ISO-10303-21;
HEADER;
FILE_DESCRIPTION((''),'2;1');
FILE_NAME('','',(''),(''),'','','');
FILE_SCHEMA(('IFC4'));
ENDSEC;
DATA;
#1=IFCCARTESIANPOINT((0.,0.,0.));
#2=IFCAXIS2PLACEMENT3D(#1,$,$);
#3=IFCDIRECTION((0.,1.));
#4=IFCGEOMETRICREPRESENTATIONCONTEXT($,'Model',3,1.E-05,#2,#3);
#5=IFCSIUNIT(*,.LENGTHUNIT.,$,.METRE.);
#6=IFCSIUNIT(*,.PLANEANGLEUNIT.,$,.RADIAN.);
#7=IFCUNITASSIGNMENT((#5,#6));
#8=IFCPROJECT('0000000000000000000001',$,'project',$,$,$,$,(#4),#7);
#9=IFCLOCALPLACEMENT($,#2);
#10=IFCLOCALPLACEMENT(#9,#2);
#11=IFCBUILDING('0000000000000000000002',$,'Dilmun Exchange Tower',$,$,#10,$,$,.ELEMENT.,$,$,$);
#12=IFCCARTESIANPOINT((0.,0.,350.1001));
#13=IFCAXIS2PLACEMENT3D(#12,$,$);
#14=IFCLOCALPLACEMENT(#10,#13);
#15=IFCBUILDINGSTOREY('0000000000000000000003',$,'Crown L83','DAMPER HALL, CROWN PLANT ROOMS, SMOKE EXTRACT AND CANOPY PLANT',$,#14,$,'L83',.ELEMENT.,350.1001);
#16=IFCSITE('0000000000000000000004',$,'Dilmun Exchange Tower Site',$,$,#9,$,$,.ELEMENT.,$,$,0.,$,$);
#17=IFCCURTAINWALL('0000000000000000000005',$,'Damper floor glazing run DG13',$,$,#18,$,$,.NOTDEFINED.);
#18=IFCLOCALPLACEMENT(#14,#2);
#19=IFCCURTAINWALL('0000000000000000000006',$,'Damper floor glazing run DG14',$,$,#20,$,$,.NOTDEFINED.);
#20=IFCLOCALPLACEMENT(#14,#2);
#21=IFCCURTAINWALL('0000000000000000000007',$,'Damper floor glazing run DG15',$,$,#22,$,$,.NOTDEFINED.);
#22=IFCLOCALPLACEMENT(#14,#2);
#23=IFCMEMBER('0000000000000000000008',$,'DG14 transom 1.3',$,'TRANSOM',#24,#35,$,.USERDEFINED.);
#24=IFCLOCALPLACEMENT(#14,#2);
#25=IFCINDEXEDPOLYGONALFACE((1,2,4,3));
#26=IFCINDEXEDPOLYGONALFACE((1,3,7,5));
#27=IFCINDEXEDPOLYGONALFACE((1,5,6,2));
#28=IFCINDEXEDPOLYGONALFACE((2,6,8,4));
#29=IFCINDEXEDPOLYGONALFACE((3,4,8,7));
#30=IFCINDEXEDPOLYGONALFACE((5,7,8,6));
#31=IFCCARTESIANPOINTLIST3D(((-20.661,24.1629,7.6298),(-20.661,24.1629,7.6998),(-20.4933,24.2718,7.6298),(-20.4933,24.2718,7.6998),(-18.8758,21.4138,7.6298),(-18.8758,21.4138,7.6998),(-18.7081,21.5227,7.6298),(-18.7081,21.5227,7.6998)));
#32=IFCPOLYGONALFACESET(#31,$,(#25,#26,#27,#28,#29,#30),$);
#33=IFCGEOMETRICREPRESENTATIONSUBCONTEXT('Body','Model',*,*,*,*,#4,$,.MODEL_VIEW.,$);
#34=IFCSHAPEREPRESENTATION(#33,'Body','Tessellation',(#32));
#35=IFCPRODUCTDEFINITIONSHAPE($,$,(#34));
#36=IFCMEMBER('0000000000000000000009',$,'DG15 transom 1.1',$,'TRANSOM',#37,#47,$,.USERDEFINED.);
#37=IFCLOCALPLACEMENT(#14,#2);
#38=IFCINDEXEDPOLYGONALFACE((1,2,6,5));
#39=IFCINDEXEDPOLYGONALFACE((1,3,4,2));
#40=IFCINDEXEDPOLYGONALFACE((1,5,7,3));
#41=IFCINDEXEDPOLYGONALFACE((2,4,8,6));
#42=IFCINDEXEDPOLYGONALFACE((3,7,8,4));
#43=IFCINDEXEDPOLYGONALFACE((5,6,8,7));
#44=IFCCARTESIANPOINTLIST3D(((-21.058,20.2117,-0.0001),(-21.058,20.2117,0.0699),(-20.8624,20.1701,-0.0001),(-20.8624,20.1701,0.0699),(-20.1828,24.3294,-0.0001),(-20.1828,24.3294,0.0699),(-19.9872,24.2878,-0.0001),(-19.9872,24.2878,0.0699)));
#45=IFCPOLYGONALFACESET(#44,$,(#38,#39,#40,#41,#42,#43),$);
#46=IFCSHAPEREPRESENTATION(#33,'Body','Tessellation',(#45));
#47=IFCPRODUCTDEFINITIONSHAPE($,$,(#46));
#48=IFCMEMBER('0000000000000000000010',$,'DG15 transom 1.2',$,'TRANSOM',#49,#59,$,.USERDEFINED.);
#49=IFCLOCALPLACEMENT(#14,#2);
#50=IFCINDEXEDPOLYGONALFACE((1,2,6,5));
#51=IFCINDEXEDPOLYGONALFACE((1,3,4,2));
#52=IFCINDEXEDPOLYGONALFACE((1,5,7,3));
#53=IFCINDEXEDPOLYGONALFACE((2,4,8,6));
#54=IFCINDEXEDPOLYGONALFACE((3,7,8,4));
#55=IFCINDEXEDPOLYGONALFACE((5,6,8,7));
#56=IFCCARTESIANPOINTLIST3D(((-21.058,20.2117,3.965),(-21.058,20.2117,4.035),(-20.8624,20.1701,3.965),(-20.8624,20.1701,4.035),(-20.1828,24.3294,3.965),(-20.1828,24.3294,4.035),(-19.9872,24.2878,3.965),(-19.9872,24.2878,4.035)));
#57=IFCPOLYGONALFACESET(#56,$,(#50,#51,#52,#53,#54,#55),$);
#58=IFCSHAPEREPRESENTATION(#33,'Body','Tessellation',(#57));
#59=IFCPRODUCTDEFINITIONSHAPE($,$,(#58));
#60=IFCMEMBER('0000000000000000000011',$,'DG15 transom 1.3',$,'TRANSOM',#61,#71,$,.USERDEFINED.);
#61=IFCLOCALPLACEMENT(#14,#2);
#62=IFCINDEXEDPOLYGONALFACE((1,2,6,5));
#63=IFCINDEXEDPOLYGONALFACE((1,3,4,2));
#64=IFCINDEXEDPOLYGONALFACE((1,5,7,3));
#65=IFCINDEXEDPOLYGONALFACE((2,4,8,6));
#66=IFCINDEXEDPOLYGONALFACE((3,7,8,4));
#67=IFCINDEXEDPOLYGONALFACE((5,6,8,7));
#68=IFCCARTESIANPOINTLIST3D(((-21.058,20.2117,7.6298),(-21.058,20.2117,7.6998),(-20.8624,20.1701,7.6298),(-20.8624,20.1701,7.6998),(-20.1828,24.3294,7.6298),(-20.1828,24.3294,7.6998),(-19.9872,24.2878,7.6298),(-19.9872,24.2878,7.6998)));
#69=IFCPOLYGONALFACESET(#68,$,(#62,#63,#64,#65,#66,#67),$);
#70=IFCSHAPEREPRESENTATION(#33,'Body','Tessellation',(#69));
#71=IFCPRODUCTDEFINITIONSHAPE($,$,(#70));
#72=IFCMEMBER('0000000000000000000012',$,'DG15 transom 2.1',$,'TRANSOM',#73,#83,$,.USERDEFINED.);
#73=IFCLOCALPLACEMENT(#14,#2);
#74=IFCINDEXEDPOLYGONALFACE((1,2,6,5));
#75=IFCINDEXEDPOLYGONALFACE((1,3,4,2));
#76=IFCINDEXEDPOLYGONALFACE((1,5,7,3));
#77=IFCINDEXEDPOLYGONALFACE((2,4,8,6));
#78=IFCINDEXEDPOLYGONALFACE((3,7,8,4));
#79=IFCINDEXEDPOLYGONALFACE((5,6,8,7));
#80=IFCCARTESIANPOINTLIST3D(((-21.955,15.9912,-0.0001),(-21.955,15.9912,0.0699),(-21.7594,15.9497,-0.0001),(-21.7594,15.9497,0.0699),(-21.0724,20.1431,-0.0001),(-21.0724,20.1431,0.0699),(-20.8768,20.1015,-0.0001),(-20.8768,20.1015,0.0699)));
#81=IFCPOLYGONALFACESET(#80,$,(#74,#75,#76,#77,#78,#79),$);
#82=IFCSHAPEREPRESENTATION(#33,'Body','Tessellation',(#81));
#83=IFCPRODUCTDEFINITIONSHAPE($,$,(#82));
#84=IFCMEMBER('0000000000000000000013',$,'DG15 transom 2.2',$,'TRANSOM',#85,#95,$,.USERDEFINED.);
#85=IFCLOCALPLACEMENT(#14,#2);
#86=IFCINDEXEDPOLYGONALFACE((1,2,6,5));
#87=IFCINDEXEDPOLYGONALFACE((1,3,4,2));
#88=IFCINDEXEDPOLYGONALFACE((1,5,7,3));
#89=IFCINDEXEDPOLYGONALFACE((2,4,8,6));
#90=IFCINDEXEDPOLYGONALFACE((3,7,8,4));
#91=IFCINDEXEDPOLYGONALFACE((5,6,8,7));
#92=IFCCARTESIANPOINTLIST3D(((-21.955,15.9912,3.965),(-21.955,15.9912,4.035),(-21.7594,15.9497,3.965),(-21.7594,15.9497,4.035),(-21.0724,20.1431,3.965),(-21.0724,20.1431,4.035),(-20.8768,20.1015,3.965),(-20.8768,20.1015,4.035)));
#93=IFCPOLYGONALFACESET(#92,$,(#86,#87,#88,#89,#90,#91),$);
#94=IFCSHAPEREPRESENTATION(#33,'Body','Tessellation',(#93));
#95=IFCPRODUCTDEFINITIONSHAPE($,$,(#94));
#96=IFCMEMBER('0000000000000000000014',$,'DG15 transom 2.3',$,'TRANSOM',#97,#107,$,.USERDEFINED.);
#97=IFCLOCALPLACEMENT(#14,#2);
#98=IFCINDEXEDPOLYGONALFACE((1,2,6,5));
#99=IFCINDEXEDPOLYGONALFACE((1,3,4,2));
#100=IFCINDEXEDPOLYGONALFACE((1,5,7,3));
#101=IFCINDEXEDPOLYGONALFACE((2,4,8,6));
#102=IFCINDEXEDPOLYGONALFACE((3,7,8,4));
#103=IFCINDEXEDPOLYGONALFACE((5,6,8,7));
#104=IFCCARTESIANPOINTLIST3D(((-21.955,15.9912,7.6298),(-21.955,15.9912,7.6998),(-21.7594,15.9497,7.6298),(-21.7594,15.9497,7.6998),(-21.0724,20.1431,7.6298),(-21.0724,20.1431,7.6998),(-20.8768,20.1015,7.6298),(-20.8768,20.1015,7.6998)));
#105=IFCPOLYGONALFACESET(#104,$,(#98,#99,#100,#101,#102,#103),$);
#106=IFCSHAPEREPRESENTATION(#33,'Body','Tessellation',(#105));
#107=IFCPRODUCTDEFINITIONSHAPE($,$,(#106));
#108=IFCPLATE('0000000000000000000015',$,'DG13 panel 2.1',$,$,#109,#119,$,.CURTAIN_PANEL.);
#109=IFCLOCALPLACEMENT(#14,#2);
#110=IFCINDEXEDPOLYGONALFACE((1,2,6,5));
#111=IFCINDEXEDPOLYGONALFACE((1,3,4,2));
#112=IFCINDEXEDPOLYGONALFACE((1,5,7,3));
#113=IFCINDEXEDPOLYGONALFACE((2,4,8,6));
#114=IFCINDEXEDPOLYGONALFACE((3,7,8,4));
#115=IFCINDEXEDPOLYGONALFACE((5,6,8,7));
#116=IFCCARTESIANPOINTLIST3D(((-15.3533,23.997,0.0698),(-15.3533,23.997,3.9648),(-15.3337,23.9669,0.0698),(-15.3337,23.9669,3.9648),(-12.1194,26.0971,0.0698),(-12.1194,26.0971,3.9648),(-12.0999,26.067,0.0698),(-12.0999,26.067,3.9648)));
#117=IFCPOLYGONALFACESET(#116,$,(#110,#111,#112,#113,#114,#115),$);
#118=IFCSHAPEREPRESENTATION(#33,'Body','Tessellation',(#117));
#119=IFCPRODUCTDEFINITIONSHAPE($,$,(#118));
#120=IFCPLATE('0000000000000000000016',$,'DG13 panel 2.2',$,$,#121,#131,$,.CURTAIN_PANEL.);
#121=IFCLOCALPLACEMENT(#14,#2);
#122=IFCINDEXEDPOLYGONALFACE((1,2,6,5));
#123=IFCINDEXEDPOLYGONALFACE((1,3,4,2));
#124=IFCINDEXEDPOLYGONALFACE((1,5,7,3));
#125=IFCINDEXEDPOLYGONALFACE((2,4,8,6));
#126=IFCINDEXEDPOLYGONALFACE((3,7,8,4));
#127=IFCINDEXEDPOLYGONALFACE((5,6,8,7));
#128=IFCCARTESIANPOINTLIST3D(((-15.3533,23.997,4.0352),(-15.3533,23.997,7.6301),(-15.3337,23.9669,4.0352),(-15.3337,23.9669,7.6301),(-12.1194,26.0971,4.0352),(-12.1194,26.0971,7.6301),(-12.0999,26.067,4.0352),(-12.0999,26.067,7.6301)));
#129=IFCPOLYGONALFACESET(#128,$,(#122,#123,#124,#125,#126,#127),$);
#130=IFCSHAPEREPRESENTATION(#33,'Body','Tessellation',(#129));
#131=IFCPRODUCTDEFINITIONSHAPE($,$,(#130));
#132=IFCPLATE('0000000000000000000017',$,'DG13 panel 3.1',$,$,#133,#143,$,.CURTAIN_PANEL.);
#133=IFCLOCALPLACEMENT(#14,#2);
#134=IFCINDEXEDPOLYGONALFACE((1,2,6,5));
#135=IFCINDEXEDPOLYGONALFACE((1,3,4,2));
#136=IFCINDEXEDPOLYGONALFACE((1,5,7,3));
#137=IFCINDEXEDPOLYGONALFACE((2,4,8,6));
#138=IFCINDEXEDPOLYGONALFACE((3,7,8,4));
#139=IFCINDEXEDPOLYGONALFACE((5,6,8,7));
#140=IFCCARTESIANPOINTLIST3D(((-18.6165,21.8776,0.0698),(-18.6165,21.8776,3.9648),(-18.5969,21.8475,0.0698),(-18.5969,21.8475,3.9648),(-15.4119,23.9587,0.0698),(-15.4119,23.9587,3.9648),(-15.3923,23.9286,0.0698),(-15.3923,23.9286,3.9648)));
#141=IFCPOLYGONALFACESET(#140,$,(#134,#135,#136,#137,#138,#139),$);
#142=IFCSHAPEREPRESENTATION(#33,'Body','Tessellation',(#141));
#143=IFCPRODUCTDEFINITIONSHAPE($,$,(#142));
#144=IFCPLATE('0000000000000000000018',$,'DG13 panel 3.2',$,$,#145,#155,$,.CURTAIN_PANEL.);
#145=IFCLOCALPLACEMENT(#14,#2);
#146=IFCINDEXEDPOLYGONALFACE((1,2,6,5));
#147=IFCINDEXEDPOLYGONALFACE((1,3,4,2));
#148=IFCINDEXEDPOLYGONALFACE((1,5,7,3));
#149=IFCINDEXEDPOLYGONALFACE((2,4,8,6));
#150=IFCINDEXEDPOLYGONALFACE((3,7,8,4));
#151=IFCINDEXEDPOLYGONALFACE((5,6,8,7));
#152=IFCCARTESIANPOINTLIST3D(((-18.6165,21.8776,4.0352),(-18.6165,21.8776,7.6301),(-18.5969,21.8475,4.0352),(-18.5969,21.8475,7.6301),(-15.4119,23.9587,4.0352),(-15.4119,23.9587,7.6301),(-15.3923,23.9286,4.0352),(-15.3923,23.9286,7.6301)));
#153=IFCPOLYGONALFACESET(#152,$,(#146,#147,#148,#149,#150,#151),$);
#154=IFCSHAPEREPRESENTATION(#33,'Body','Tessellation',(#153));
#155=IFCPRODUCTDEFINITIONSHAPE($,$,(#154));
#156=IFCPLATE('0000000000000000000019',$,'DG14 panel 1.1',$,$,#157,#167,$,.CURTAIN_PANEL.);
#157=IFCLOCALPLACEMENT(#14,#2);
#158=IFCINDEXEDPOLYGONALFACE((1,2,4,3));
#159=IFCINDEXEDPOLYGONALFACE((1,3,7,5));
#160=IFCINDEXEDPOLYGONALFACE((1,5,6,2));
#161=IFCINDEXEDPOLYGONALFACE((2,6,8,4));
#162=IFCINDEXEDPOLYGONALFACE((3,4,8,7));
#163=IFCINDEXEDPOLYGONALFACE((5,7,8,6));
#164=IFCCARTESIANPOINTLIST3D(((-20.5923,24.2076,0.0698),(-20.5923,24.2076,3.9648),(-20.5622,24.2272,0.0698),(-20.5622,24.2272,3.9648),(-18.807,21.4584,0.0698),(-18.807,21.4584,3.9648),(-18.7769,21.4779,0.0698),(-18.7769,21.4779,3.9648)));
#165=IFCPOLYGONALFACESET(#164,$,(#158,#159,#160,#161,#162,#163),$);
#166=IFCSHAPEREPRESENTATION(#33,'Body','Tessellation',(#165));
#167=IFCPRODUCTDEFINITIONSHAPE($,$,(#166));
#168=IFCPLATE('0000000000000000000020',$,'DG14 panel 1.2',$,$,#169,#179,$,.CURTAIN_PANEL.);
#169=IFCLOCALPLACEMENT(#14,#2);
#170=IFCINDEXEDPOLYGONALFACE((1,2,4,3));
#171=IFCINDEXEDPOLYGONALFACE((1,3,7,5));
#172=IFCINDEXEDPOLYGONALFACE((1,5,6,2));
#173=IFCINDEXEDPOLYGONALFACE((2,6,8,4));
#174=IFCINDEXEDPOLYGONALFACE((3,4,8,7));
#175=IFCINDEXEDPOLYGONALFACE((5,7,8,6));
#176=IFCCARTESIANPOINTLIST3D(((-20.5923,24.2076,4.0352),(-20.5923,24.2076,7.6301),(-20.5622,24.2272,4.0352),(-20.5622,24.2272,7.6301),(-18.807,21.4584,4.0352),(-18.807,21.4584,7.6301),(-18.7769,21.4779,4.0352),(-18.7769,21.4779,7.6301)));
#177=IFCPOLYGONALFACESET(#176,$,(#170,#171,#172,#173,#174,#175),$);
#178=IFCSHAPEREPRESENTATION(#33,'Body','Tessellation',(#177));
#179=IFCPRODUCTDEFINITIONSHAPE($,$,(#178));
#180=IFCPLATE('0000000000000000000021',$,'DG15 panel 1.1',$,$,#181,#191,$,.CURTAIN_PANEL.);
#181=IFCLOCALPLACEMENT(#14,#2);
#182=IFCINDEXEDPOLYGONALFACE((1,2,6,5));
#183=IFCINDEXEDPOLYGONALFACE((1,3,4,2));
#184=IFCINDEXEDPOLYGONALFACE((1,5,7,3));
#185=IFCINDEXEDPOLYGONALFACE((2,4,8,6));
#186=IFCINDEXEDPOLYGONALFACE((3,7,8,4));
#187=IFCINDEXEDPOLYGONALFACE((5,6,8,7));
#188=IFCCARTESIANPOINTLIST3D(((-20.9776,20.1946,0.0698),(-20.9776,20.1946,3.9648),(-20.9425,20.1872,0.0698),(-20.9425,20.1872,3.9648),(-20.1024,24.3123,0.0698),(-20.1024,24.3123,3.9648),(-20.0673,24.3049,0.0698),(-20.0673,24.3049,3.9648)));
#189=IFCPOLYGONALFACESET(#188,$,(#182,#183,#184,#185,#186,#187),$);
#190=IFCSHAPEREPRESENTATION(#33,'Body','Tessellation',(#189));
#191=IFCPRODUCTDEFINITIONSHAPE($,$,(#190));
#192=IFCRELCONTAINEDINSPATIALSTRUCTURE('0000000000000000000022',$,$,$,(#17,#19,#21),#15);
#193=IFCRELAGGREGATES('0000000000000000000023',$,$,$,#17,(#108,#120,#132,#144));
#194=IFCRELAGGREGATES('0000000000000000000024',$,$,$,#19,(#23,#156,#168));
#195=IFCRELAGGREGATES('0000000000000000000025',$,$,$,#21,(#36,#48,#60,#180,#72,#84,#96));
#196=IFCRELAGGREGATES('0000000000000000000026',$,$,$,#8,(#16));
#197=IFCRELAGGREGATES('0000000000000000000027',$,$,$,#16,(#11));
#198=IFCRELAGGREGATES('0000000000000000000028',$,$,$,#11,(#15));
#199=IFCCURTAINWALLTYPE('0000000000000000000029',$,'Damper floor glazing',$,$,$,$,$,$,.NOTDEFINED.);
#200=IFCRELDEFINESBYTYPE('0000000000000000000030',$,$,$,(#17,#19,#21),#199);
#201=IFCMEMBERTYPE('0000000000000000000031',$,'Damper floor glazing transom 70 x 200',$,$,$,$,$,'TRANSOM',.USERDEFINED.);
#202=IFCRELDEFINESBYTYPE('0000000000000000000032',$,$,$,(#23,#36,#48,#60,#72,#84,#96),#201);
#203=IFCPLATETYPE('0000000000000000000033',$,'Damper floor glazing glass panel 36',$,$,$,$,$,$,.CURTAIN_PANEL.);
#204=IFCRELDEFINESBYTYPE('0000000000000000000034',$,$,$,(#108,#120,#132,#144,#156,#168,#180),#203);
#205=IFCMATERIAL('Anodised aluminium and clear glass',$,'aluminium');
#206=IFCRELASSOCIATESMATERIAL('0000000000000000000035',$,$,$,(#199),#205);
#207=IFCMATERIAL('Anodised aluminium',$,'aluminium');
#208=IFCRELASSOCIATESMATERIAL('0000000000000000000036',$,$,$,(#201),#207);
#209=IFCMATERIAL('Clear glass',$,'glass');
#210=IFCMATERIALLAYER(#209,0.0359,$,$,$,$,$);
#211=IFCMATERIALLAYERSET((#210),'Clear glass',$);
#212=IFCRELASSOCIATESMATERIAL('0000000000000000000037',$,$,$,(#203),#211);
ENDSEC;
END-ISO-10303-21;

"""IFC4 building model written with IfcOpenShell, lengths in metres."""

from ifc_helpers import new_model, si_unit, direction, frame, origin, origin_2d, place, context, subcontext, project, spatial, rectangle, extrude, material, layer, layer_set, material_profile, profile_set, type_object, element, aggregate, save


model = new_model("IFC4")

# Units and contexts
model_context = context("Model", 3, precision=1e-05, world=origin(), true_north=direction((0.0, 1.0)))
body_context = subcontext(model_context, "Body", "Model", "MODEL_VIEW")
ifc_project = project(units=[si_unit("LENGTHUNIT", "METRE"), si_unit("PLANEANGLEUNIT", "RADIAN")], contexts=[model_context])

# Site, building, storey
site_placement = place(None, origin())
site = spatial("IfcSite", under=ifc_project, at=site_placement, Name="Dilmun Exchange Tower Site", CompositionType="ELEMENT", RefElevation=0.0)
building_placement = place(site_placement, origin())
building = spatial("IfcBuilding", under=site, at=building_placement, Name="Dilmun Exchange Tower", CompositionType="ELEMENT")
storey_placement = place(building_placement, frame((0.0, 0.0, 350.1001)))
storey = spatial("IfcBuildingStorey", under=building, at=storey_placement, Name="Crown L83", Description="DAMPER HALL, CROWN PLANT ROOMS, SMOKE EXTRACT AND CANOPY PLANT", LongName="L83", CompositionType="ELEMENT", Elevation=350.1001)

# Curtain walls
ifc_material_1 = material(Name="Anodised aluminium and clear glass", Category="aluminium")
curtain_wall_type = type_object("IfcCurtainWallType", Name="Damper floor glazing", PredefinedType="NOTDEFINED", material=ifc_material_1)
curtain_wall_1_placement = place(storey_placement, origin())
curtain_wall_1 = element("IfcCurtainWall", 1, at=curtain_wall_1_placement, inside=storey, type_object=curtain_wall_type, Name="Damper floor glazing run DG13", PredefinedType="NOTDEFINED")
ifc_material_2 = material(Name="Anodised aluminium", Category="aluminium")
curtain_wall_2_placement = place(storey_placement, origin())
curtain_wall_2 = element("IfcCurtainWall", 2, at=curtain_wall_2_placement, inside=storey, type_object=curtain_wall_type, Name="Damper floor glazing run DG14", PredefinedType="NOTDEFINED")
curtain_wall_3_placement = place(storey_placement, origin())
curtain_wall_3 = element("IfcCurtainWall", 3, at=curtain_wall_3_placement, inside=storey, type_object=curtain_wall_type, Name="Damper floor glazing run DG15", PredefinedType="NOTDEFINED")

# Members
ifc_material_profile_1 = material_profile(ifc_material_2, rectangle(XDim=0.2, YDim=0.0701, at=origin_2d()), Name="AL 70x200")
ifc_profile_set_1 = profile_set([ifc_material_profile_1], Name="Anodised aluminium")
member_type_1 = type_object("IfcMemberType", Name="Damper floor glazing transom 70 x 200", ElementType="TRANSOM", PredefinedType="USERDEFINED", material=ifc_profile_set_1)
member_1_placement = place(storey_placement, frame((-18.792, 21.4683, 7.6648), z_axis=(-0.544622, 0.838682, 0.0), x_axis=(-0.838682, -0.544622, 0.0)))
member_1 = element("IfcMember", 4, at=member_1_placement, type_object=member_type_1, Name="DG14 transom 1.3", ObjectType="TRANSOM", PredefinedType="USERDEFINED", context=body_context, shape_type="SweptSolid", body=[
    extrude(rectangle(XDim=0.2, YDim=0.0701, at=origin_2d()), origin(), (0.0, 0.0, 1.0), 3.2778),
])
member_2_placement = place(storey_placement, frame((-20.085, 24.3086, 0.0349), z_axis=(-0.207913, -0.978147, 0.0), x_axis=(0.978147, -0.207913, 0.0)))
member_2 = element("IfcMember", 5, at=member_2_placement, type_object=member_type_1, Name="DG15 transom 1.1", ObjectType="TRANSOM", PredefinedType="USERDEFINED", context=body_context, shape_type="SweptSolid", body=[
    extrude(rectangle(XDim=0.2, YDim=0.0701, at=origin_2d()), origin(), (0.0, 0.0, 1.0), 4.2097),
])
member_3_placement = place(storey_placement, frame((-20.085, 24.3086, 4.0), z_axis=(-0.207913, -0.978147, 0.0), x_axis=(0.978147, -0.207913, 0.0)))
member_3 = element("IfcMember", 6, at=member_3_placement, type_object=member_type_1, Name="DG15 transom 1.2", ObjectType="TRANSOM", PredefinedType="USERDEFINED", context=body_context, shape_type="SweptSolid", body=[
    extrude(rectangle(XDim=0.2, YDim=0.0701, at=origin_2d()), origin(), (0.0, 0.0, 1.0), 4.2097),
])
member_4_placement = place(storey_placement, frame((-20.085, 24.3086, 7.6648), z_axis=(-0.207913, -0.978147, 0.0), x_axis=(0.978147, -0.207913, 0.0)))
member_4 = element("IfcMember", 7, at=member_4_placement, type_object=member_type_1, Name="DG15 transom 1.3", ObjectType="TRANSOM", PredefinedType="USERDEFINED", context=body_context, shape_type="SweptSolid", body=[
    extrude(rectangle(XDim=0.2, YDim=0.0701, at=origin_2d()), origin(), (0.0, 0.0, 1.0), 4.2097),
])
member_5_placement = place(storey_placement, frame((-20.9746, 20.1223, 0.0349), z_axis=(-0.207926, -0.978145, 0.0), x_axis=(0.978145, -0.207926, 0.0)))
member_5 = element("IfcMember", 8, at=member_5_placement, type_object=member_type_1, Name="DG15 transom 2.1", ObjectType="TRANSOM", PredefinedType="USERDEFINED", context=body_context, shape_type="SweptSolid", body=[
    extrude(rectangle(XDim=0.2, YDim=0.0701, at=origin_2d()), origin(), (0.0, 0.0, 1.0), 4.2446),
])
member_6_placement = place(storey_placement, frame((-20.9746, 20.1223, 4.0), z_axis=(-0.207926, -0.978145, 0.0), x_axis=(0.978145, -0.207926, 0.0)))
member_6 = element("IfcMember", 9, at=member_6_placement, type_object=member_type_1, Name="DG15 transom 2.2", ObjectType="TRANSOM", PredefinedType="USERDEFINED", context=body_context, shape_type="SweptSolid", body=[
    extrude(rectangle(XDim=0.2, YDim=0.0701, at=origin_2d()), origin(), (0.0, 0.0, 1.0), 4.2446),
])
member_7_placement = place(storey_placement, frame((-20.9746, 20.1223, 7.6648), z_axis=(-0.207926, -0.978145, 0.0), x_axis=(0.978145, -0.207926, 0.0)))
member_7 = element("IfcMember", 10, at=member_7_placement, type_object=member_type_1, Name="DG15 transom 2.3", ObjectType="TRANSOM", PredefinedType="USERDEFINED", context=body_context, shape_type="SweptSolid", body=[
    extrude(rectangle(XDim=0.2, YDim=0.0701, at=origin_2d()), origin(), (0.0, 0.0, 1.0), 4.2446),
])

# Plates
ifc_material_3 = material(Name="Clear glass", Category="glass")
ifc_layer = layer(ifc_material_3, 0.0359)
ifc_layer_set = layer_set([ifc_layer], Name="Clear glass")
plate_type = type_object("IfcPlateType", Name="Damper floor glazing glass panel 36", PredefinedType="CURTAIN_PANEL", material=ifc_layer_set)
plate_1_placement = place(storey_placement, frame((-13.7266, 25.032, 0.0698), z_axis=(0.0, 0.0, 1.0), x_axis=(-0.838669, -0.544642, 0.0)))
plate_1 = element("IfcPlate", 11, at=plate_1_placement, type_object=plate_type, Name="DG13 panel 2.1", PredefinedType="CURTAIN_PANEL", context=body_context, shape_type="SweptSolid", body=[
    extrude(rectangle(XDim=3.856, YDim=0.0359, at=origin_2d()), origin(), (0.0, 0.0, 1.0), 3.895),
])
plate_2_placement = place(storey_placement, frame((-13.7266, 25.032, 4.0352), z_axis=(0.0, 0.0, 1.0), x_axis=(-0.838669, -0.544642, 0.0)))
plate_2 = element("IfcPlate", 12, at=plate_2_placement, type_object=plate_type, Name="DG13 panel 2.2", PredefinedType="CURTAIN_PANEL", context=body_context, shape_type="SweptSolid", body=[
    extrude(rectangle(XDim=3.856, YDim=0.0359, at=origin_2d()), origin(), (0.0, 0.0, 1.0), 3.595),
])
plate_3_placement = place(storey_placement, frame((-17.0044, 22.9031, 0.0698), z_axis=(0.0, 0.0, 1.0), x_axis=(-0.838669, -0.544642, 0.0)))
plate_3 = element("IfcPlate", 13, at=plate_3_placement, type_object=plate_type, Name="DG13 panel 3.1", PredefinedType="CURTAIN_PANEL", context=body_context, shape_type="SweptSolid", body=[
    extrude(rectangle(XDim=3.821, YDim=0.0359, at=origin_2d()), origin(), (0.0, 0.0, 1.0), 3.895),
])
plate_4_placement = place(storey_placement, frame((-17.0044, 22.9031, 4.0352), z_axis=(0.0, 0.0, 1.0), x_axis=(-0.838669, -0.544642, 0.0)))
plate_4 = element("IfcPlate", 14, at=plate_4_placement, type_object=plate_type, Name="DG13 panel 3.2", PredefinedType="CURTAIN_PANEL", context=body_context, shape_type="SweptSolid", body=[
    extrude(rectangle(XDim=3.821, YDim=0.0359, at=origin_2d()), origin(), (0.0, 0.0, 1.0), 3.595),
])
aggregate(curtain_wall_1, [plate_1, plate_2, plate_3, plate_4])
plate_5_placement = place(storey_placement, frame((-19.6846, 22.8428, 0.0698), z_axis=(0.0, 0.0, 1.0), x_axis=(-0.54462, 0.838683, 0.0)))
plate_5 = element("IfcPlate", 15, at=plate_5_placement, type_object=plate_type, Name="DG14 panel 1.1", PredefinedType="CURTAIN_PANEL", context=body_context, shape_type="SweptSolid", body=[
    extrude(rectangle(XDim=3.2781, YDim=0.0359, at=origin_2d()), origin(), (0.0, 0.0, 1.0), 3.895),
])
plate_6_placement = place(storey_placement, frame((-19.6846, 22.8428, 4.0352), z_axis=(0.0, 0.0, 1.0), x_axis=(-0.54462, 0.838683, 0.0)))
plate_6 = element("IfcPlate", 16, at=plate_6_placement, type_object=plate_type, Name="DG14 panel 1.2", PredefinedType="CURTAIN_PANEL", context=body_context, shape_type="SweptSolid", body=[
    extrude(rectangle(XDim=3.2781, YDim=0.0359, at=origin_2d()), origin(), (0.0, 0.0, 1.0), 3.595),
])
aggregate(curtain_wall_2, [member_1, plate_5, plate_6])
plate_7_placement = place(storey_placement, frame((-20.5225, 22.2498, 0.0698), z_axis=(0.0, 0.0, 1.0), x_axis=(-0.207912, -0.978147, 0.0)))
plate_7 = element("IfcPlate", 17, at=plate_7_placement, type_object=plate_type, Name="DG15 panel 1.1", PredefinedType="CURTAIN_PANEL", context=body_context, shape_type="SweptSolid", body=[
    extrude(rectangle(XDim=4.2097, YDim=0.0359, at=origin_2d()), origin(), (0.0, 0.0, 1.0), 3.895),
])
aggregate(curtain_wall_3, [member_2, member_3, member_4, plate_7, member_5, member_6, member_7])

save(model, "model.ifc")
